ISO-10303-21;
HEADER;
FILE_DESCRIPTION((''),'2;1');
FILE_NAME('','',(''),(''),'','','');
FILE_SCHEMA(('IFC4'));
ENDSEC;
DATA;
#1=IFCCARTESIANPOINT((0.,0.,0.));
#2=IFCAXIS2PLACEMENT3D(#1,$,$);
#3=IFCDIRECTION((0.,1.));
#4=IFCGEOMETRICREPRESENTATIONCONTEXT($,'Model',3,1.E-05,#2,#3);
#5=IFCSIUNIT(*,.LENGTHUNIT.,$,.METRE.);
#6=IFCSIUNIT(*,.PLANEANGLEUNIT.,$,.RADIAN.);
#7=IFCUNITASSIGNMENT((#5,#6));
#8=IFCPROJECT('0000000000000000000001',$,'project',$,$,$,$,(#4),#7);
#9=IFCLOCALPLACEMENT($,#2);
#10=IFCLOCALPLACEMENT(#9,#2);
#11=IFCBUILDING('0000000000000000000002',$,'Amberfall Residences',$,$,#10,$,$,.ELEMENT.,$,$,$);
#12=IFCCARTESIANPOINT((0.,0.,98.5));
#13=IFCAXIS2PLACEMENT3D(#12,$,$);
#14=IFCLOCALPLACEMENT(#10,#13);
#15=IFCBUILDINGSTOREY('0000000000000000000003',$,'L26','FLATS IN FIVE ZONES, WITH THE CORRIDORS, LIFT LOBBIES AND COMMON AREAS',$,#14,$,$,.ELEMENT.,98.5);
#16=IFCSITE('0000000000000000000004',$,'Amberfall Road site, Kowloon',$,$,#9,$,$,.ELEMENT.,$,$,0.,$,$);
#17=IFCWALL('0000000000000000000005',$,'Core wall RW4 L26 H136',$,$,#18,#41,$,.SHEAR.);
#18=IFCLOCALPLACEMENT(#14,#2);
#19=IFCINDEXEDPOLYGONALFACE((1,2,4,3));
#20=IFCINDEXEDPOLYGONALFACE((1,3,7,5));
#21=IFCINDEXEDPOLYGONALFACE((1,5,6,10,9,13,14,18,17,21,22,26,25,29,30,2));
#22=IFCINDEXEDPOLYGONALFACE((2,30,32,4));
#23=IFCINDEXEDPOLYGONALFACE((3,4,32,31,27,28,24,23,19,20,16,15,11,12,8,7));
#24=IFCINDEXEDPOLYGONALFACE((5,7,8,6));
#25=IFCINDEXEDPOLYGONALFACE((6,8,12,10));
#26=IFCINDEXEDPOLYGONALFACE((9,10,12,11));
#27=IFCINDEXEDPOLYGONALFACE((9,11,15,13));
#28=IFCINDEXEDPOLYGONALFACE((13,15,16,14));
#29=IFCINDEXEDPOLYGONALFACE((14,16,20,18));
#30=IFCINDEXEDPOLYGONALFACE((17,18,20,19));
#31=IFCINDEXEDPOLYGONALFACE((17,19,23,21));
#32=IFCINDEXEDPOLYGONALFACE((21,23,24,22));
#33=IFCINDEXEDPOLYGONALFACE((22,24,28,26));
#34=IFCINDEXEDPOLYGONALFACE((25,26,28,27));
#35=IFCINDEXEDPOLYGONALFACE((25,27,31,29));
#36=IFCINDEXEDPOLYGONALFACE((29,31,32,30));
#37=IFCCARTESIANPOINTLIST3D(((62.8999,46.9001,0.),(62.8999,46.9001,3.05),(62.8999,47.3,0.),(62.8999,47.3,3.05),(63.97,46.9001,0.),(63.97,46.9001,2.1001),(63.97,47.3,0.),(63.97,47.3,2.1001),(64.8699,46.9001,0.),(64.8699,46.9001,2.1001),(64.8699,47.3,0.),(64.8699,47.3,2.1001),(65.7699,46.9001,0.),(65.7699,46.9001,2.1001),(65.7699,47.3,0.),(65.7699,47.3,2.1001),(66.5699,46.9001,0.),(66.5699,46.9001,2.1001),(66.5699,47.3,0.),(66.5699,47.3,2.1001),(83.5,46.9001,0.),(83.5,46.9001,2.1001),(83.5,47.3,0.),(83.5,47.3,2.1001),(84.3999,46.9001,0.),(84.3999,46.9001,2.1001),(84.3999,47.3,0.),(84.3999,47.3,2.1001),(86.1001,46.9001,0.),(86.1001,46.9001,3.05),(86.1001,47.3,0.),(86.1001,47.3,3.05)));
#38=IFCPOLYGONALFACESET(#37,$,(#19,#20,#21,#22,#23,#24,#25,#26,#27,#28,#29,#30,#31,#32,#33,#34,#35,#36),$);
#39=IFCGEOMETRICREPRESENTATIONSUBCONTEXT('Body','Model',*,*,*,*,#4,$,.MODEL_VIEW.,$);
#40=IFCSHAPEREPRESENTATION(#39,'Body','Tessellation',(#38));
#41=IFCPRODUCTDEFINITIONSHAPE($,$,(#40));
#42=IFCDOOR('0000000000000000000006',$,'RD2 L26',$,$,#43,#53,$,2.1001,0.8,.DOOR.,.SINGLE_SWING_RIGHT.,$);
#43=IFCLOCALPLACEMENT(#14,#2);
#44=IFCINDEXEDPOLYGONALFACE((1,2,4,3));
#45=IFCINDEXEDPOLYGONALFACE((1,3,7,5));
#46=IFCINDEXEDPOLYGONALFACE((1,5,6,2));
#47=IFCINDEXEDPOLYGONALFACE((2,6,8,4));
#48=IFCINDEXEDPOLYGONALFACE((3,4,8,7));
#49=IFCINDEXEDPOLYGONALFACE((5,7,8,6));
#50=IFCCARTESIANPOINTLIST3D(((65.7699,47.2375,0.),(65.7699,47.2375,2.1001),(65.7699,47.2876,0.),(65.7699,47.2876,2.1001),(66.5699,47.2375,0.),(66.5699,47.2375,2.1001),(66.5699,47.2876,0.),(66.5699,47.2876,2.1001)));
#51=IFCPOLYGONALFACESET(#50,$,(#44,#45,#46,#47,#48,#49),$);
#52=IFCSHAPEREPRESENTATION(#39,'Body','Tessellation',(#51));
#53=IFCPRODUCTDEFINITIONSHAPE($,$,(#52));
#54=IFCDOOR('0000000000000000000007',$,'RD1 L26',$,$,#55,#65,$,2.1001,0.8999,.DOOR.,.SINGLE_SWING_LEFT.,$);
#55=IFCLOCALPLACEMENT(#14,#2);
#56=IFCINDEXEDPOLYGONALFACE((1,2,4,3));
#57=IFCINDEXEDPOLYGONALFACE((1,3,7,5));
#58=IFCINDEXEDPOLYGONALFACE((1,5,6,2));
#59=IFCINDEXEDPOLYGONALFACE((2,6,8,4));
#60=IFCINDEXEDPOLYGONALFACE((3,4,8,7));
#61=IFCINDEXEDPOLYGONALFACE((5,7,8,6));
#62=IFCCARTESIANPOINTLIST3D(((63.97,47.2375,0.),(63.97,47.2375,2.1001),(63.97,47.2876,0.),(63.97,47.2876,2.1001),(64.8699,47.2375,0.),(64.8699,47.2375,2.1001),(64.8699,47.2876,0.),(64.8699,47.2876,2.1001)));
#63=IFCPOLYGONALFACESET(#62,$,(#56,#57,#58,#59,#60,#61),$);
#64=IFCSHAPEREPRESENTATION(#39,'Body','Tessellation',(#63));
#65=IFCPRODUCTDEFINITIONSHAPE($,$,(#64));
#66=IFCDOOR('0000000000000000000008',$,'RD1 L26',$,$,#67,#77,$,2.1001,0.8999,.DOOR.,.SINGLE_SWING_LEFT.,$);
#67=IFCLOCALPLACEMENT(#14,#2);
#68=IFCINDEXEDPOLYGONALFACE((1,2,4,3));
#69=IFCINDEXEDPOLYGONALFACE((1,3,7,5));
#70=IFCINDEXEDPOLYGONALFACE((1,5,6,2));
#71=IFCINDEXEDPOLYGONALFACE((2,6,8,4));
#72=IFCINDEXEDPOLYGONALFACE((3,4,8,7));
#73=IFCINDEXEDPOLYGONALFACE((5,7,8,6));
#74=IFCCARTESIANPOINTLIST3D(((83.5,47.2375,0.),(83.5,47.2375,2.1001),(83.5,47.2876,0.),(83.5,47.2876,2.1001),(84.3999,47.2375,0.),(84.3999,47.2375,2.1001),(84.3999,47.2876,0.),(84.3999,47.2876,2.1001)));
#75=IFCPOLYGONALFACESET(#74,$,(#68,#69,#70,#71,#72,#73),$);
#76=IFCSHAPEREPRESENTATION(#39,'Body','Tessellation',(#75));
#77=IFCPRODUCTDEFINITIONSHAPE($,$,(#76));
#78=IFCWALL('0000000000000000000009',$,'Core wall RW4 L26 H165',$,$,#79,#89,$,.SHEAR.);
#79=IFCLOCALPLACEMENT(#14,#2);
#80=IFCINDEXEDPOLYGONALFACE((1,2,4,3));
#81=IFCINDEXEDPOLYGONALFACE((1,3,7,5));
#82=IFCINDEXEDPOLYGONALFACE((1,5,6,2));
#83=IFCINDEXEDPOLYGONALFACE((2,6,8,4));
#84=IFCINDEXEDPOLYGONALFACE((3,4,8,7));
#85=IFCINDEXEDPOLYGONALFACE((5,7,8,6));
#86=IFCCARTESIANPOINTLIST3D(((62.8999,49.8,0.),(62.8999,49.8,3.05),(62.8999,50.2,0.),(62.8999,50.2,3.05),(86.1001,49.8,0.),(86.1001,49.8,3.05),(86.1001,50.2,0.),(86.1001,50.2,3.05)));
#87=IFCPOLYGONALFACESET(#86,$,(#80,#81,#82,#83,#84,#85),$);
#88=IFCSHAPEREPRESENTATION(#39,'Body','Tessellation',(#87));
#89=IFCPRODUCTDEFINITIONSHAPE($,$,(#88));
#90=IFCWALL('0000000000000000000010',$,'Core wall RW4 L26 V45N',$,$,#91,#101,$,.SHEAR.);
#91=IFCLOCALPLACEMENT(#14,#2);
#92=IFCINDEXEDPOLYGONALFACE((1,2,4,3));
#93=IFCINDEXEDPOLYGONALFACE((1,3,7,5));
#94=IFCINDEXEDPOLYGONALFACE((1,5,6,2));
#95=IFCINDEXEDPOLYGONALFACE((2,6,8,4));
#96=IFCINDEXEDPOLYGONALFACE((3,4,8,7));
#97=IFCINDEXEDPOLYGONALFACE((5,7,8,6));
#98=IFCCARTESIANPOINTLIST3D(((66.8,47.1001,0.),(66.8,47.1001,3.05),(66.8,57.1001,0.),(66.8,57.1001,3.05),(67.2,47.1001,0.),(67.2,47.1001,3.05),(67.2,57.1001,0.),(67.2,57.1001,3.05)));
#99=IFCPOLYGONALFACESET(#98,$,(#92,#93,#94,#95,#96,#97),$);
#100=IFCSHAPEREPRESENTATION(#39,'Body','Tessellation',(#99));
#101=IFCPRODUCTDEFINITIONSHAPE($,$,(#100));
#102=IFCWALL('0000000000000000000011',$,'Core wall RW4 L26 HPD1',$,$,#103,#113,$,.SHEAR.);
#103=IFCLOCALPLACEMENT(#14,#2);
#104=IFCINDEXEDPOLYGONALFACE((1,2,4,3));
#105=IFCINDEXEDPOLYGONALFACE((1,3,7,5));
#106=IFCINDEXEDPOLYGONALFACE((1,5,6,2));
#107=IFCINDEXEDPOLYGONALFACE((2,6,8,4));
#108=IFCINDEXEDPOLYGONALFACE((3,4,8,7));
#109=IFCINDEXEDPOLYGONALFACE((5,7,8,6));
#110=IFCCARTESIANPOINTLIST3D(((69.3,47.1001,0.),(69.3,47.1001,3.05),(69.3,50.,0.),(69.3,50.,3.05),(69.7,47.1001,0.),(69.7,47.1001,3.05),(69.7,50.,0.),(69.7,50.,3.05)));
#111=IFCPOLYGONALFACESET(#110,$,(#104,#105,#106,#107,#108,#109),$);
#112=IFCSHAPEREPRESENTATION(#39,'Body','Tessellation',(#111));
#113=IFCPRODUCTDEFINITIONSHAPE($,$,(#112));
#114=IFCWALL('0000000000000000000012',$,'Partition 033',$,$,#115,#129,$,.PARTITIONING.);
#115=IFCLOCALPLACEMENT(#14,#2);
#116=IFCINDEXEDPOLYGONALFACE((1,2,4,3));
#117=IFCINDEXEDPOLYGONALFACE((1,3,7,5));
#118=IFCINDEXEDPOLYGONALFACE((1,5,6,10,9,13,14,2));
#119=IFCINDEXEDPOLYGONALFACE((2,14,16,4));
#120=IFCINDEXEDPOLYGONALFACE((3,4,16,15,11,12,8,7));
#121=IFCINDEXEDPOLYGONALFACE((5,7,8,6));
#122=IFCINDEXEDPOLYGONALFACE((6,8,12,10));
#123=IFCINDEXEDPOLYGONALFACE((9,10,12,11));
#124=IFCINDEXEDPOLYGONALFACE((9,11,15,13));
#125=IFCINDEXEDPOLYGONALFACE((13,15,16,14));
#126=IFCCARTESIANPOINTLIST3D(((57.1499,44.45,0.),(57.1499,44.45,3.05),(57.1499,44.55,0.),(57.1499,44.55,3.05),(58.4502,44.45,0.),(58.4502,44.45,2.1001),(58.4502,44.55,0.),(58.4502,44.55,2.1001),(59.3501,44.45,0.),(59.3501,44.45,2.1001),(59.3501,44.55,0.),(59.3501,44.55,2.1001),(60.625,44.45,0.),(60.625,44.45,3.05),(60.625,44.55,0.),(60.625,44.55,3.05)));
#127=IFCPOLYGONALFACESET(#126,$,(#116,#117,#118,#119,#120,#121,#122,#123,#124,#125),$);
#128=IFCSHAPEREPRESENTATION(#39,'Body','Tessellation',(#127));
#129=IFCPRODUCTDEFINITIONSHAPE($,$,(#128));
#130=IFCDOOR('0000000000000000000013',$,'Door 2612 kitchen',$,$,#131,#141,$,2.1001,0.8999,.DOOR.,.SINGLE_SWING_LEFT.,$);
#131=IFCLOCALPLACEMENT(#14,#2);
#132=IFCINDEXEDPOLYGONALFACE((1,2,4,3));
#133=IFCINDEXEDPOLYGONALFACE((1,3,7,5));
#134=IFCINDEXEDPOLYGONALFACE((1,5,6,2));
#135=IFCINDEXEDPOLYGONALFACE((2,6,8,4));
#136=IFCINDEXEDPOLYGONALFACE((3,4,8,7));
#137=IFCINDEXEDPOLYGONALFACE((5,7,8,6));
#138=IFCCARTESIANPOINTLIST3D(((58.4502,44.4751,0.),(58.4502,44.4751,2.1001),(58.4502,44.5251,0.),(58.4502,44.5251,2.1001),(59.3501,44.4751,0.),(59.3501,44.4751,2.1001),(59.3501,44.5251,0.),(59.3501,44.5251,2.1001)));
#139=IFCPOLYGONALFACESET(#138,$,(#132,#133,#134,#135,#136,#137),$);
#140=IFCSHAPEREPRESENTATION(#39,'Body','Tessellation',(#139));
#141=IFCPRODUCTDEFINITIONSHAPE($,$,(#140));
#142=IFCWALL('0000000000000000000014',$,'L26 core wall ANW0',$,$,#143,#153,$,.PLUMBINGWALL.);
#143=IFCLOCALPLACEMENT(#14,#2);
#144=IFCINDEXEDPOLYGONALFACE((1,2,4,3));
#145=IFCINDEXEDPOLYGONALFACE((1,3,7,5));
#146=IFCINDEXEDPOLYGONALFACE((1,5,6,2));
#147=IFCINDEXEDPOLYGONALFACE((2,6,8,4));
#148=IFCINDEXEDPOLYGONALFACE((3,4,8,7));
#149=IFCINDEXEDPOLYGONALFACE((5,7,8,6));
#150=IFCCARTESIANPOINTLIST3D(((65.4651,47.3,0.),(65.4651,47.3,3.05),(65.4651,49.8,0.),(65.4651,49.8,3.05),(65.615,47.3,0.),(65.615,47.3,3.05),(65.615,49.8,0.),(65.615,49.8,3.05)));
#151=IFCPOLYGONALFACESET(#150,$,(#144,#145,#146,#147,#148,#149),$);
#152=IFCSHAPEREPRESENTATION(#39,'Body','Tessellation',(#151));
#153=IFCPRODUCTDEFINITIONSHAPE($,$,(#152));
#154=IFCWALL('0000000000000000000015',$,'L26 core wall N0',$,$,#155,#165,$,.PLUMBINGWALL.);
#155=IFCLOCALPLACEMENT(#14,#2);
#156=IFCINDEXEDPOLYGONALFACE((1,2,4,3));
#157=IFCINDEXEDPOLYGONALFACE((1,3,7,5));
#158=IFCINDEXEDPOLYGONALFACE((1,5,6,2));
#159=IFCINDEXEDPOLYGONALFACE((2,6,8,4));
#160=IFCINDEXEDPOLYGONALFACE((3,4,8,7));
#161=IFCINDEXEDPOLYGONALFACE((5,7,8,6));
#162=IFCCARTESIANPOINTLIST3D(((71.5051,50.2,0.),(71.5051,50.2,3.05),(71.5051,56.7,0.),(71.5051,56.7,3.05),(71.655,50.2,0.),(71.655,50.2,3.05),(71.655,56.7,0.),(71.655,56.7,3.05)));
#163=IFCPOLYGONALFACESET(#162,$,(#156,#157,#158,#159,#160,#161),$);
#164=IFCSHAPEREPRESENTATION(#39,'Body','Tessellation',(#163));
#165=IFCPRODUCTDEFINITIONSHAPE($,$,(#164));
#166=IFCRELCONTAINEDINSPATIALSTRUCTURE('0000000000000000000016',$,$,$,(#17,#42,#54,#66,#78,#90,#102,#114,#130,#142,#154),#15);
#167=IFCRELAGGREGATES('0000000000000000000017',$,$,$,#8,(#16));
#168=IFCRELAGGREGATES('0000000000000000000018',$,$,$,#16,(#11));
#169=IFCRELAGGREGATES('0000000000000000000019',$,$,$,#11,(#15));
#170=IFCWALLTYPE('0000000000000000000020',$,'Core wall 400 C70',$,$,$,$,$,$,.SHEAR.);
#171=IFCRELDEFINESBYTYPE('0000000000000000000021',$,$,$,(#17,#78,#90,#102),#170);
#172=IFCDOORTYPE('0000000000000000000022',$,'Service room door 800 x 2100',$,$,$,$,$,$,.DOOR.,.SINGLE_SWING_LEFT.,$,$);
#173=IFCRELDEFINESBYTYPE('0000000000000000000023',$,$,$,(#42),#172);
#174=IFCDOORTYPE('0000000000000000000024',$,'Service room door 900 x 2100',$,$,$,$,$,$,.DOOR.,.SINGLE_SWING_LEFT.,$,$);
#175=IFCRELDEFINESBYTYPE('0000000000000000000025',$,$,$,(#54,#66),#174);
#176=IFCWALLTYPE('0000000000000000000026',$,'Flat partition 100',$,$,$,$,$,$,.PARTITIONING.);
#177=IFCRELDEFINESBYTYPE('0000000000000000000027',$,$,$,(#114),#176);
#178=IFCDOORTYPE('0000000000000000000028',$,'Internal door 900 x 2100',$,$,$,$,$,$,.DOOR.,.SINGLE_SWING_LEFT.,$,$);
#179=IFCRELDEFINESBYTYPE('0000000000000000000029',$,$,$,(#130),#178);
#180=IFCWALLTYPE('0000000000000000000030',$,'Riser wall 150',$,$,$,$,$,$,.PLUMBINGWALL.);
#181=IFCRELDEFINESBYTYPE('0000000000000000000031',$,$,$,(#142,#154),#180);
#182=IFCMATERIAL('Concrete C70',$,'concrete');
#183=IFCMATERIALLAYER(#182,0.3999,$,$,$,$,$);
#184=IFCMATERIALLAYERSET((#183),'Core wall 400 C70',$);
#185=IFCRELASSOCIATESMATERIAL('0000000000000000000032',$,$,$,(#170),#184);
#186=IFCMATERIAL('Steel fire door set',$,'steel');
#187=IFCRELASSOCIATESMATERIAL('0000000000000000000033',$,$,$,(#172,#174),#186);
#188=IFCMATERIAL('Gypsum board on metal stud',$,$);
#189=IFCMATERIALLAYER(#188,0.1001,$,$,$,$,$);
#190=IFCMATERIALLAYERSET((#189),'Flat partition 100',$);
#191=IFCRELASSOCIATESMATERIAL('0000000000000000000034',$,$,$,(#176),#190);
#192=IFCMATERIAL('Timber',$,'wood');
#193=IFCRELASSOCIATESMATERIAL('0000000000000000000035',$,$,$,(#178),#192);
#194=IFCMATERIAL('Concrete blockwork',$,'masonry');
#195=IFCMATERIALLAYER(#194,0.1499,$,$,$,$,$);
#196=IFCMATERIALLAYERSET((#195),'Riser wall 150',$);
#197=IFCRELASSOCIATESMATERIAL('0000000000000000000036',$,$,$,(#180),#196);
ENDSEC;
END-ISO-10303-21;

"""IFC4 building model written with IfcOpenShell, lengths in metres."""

from ifc_helpers import new_model, si_unit, direction, frame, frame_2d, origin, place, context, subcontext, project, spatial, rectangle, extrude, material, layer, layer_set, type_object, element, fill, save


model = new_model("IFC4")

# Units and contexts
model_context = context("Model", 3, precision=1e-05, world=origin(), true_north=direction((0.0, 1.0)))
body_context = subcontext(model_context, "Body", "Model", "MODEL_VIEW")
ifc_project = project(units=[si_unit("LENGTHUNIT", "METRE"), si_unit("PLANEANGLEUNIT", "RADIAN")], contexts=[model_context])

# Site, building, storey
site_placement = place(None, origin())
site = spatial("IfcSite", under=ifc_project, at=site_placement, Name="Amberfall Road site, Kowloon", CompositionType="ELEMENT", RefElevation=0.0)
building_placement = place(site_placement, origin())
building = spatial("IfcBuilding", under=site, at=building_placement, Name="Amberfall Residences", CompositionType="ELEMENT")
storey_placement = place(building_placement, frame((0.0, 0.0, 98.5)))
storey = spatial("IfcBuildingStorey", under=building, at=storey_placement, Name="L26", Description="FLATS IN FIVE ZONES, WITH THE CORRIDORS, LIFT LOBBIES AND COMMON AREAS", CompositionType="ELEMENT", Elevation=98.5)

# Wall, openings, doors
ifc_material_1 = material(Name="Concrete C70", Category="concrete")
ifc_layer_1 = layer(ifc_material_1, 0.3999)
ifc_layer_set_1 = layer_set([ifc_layer_1], Name="Core wall 400 C70")
wall_type_1 = type_object("IfcWallType", Name="Core wall 400 C70", PredefinedType="SHEAR", material=ifc_layer_set_1)
wall_1_placement = place(storey_placement, frame((62.8999, 47.1001, 0.0), z_axis=(0.0, 0.0, 1.0), x_axis=(1.0, 0.0, 0.0)))
wall_1 = element("IfcWall", 1, at=wall_1_placement, inside=storey, type_object=wall_type_1, Name="Core wall RW4 L26 H136", PredefinedType="SHEAR", context=body_context, shape_type="SweptSolid", body=[
    extrude(rectangle(XDim=23.2002, YDim=0.3999, at=frame_2d((11.6001, 0.0))), origin(), (0.0, 0.0, 1.0), 3.05),
])
opening_1_placement = place(wall_1_placement, frame((1.0701, 0.0, 0.0)))
opening_1 = element("IfcOpeningElement", 2, at=opening_1_placement, cuts=wall_1, PredefinedType="OPENING", context=body_context, shape_type="SweptSolid", body=[
    extrude(rectangle(XDim=0.8999, YDim=2.1001, at=frame_2d((0.45, 1.05))), frame((0.0, 0.21, 0.0), z_axis=(0.0, -1.0, 0.0), x_axis=(1.0, 0.0, 0.0)), (0.0, 0.0, 1.0), 0.4199),
])
opening_2_placement = place(wall_1_placement, frame((2.8701, 0.0, 0.0)))
opening_2 = element("IfcOpeningElement", 3, at=opening_2_placement, cuts=wall_1, PredefinedType="OPENING", context=body_context, shape_type="SweptSolid", body=[
    extrude(rectangle(XDim=0.8, YDim=2.1001, at=frame_2d((0.3999, 1.05))), frame((0.0, 0.21, 0.0), z_axis=(0.0, -1.0, 0.0), x_axis=(1.0, 0.0, 0.0)), (0.0, 0.0, 1.0), 0.4199),
])
opening_3_placement = place(wall_1_placement, frame((20.6001, 0.0, 0.0)))
opening_3 = element("IfcOpeningElement", 4, at=opening_3_placement, cuts=wall_1, PredefinedType="OPENING", context=body_context, shape_type="SweptSolid", body=[
    extrude(rectangle(XDim=0.8999, YDim=2.1001, at=frame_2d((0.45, 1.05))), frame((0.0, 0.21, 0.0), z_axis=(0.0, -1.0, 0.0), x_axis=(1.0, 0.0, 0.0)), (0.0, 0.0, 1.0), 0.4199),
])
ifc_material_2 = material(Name="Steel fire door set", Category="steel")
door_type_1 = type_object("IfcDoorType", Name="Service room door 800 x 2100", OperationType="SINGLE_SWING_LEFT", PredefinedType="DOOR", material=ifc_material_2)
door_1_placement = place(opening_2_placement, origin())
door_1 = element("IfcDoor", 5, at=door_1_placement, inside=storey, type_object=door_type_1, Name="RD2 L26", OperationType="SINGLE_SWING_RIGHT", OverallHeight=2.1001, OverallWidth=0.8, PredefinedType="DOOR", context=body_context, shape_type="SweptSolid", body=[
    extrude(rectangle(XDim=0.8, YDim=2.1001, at=frame_2d((0.3999, 1.05))), frame((0.0, 0.1875, 0.0), z_axis=(0.0, -1.0, 0.0), x_axis=(1.0, 0.0, 0.0)), (0.0, 0.0, 1.0), 0.05),
])
fill(opening_2, door_1)
door_type_2 = type_object("IfcDoorType", Name="Service room door 900 x 2100", OperationType="SINGLE_SWING_LEFT", PredefinedType="DOOR", material=ifc_material_2)
door_2_placement = place(opening_1_placement, origin())
door_2 = element("IfcDoor", 6, at=door_2_placement, inside=storey, type_object=door_type_2, Name="RD1 L26", OperationType="SINGLE_SWING_LEFT", OverallHeight=2.1001, OverallWidth=0.8999, PredefinedType="DOOR", context=body_context, shape_type="SweptSolid", body=[
    extrude(rectangle(XDim=0.8999, YDim=2.1001, at=frame_2d((0.45, 1.05))), frame((0.0, 0.1875, 0.0), z_axis=(0.0, -1.0, 0.0), x_axis=(1.0, 0.0, 0.0)), (0.0, 0.0, 1.0), 0.05),
])
fill(opening_1, door_2)
door_3_placement = place(opening_3_placement, origin())
door_3 = element("IfcDoor", 7, at=door_3_placement, inside=storey, type_object=door_type_2, Name="RD1 L26", OperationType="SINGLE_SWING_LEFT", OverallHeight=2.1001, OverallWidth=0.8999, PredefinedType="DOOR", context=body_context, shape_type="SweptSolid", body=[
    extrude(rectangle(XDim=0.8999, YDim=2.1001, at=frame_2d((0.45, 1.05))), frame((0.0, 0.1875, 0.0), z_axis=(0.0, -1.0, 0.0), x_axis=(1.0, 0.0, 0.0)), (0.0, 0.0, 1.0), 0.05),
])
fill(opening_3, door_3)

# Walls
wall_2_placement = place(storey_placement, frame((62.8999, 50.0, 0.0), z_axis=(0.0, 0.0, 1.0), x_axis=(1.0, 0.0, 0.0)))
element("IfcWall", 8, at=wall_2_placement, inside=storey, type_object=wall_type_1, Name="Core wall RW4 L26 H165", PredefinedType="SHEAR", context=body_context, shape_type="SweptSolid", body=[
    extrude(rectangle(XDim=23.2002, YDim=0.3999, at=frame_2d((11.6001, 0.0))), origin(), (0.0, 0.0, 1.0), 3.05),
])
wall_3_placement = place(storey_placement, frame((67.0, 47.1001, 0.0), z_axis=(0.0, 0.0, 1.0), x_axis=(0.0, 1.0, 0.0)))
element("IfcWall", 9, at=wall_3_placement, inside=storey, type_object=wall_type_1, Name="Core wall RW4 L26 V45N", PredefinedType="SHEAR", context=body_context, shape_type="SweptSolid", body=[
    extrude(rectangle(XDim=10.0, YDim=0.3999, at=frame_2d((5.0, 0.0))), origin(), (0.0, 0.0, 1.0), 3.05),
])
wall_4_placement = place(storey_placement, frame((69.5, 47.1001, 0.0), z_axis=(0.0, 0.0, 1.0), x_axis=(0.0, 1.0, 0.0)))
element("IfcWall", 10, at=wall_4_placement, inside=storey, type_object=wall_type_1, Name="Core wall RW4 L26 HPD1", PredefinedType="SHEAR", context=body_context, shape_type="SweptSolid", body=[
    extrude(rectangle(XDim=2.8999, YDim=0.3999, at=frame_2d((1.45, 0.0))), origin(), (0.0, 0.0, 1.0), 3.05),
])

# Wall, opening, door
ifc_material_3 = material(Name="Gypsum board on metal stud")
ifc_layer_2 = layer(ifc_material_3, 0.1001)
ifc_layer_set_2 = layer_set([ifc_layer_2], Name="Flat partition 100")
wall_type_2 = type_object("IfcWallType", Name="Flat partition 100", PredefinedType="PARTITIONING", material=ifc_layer_set_2)
wall_5_placement = place(storey_placement, frame((60.625, 44.5, 0.0), z_axis=(0.0, 0.0, 1.0), x_axis=(-1.0, 0.0, 0.0)))
wall_5 = element("IfcWall", 11, at=wall_5_placement, inside=storey, type_object=wall_type_2, Name="Partition 033", PredefinedType="PARTITIONING", context=body_context, shape_type="SweptSolid", body=[
    extrude(rectangle(XDim=3.4751, YDim=0.1001, at=frame_2d((1.7375, 0.0))), origin(), (0.0, 0.0, 1.0), 3.05),
])
opening_4_placement = place(wall_5_placement, frame((1.2749, 0.0, 0.0)))
opening_4 = element("IfcOpeningElement", 12, at=opening_4_placement, cuts=wall_5, PredefinedType="OPENING", context=body_context, shape_type="SweptSolid", body=[
    extrude(rectangle(XDim=0.8999, YDim=2.1001, at=frame_2d((0.45, 1.05))), frame((0.0, 0.0601, 0.0), z_axis=(0.0, -1.0, 0.0), x_axis=(1.0, 0.0, 0.0)), (0.0, 0.0, 1.0), 0.1201),
])
ifc_material_4 = material(Name="Timber", Category="wood")
door_type_3 = type_object("IfcDoorType", Name="Internal door 900 x 2100", OperationType="SINGLE_SWING_LEFT", PredefinedType="DOOR", material=ifc_material_4)
door_4_placement = place(opening_4_placement, origin())
door_4 = element("IfcDoor", 13, at=door_4_placement, inside=storey, type_object=door_type_3, Name="Door 2612 kitchen", OperationType="SINGLE_SWING_LEFT", OverallHeight=2.1001, OverallWidth=0.8999, PredefinedType="DOOR", context=body_context, shape_type="SweptSolid", body=[
    extrude(rectangle(XDim=0.8999, YDim=2.1001, at=frame_2d((0.45, 1.05))), frame((0.0, 0.0249, 0.0), z_axis=(0.0, -1.0, 0.0), x_axis=(1.0, 0.0, 0.0)), (0.0, 0.0, 1.0), 0.05),
])
fill(opening_4, door_4)

# Walls
ifc_material_5 = material(Name="Concrete blockwork", Category="masonry")
ifc_layer_3 = layer(ifc_material_5, 0.1499)
ifc_layer_set_3 = layer_set([ifc_layer_3], Name="Riser wall 150")
wall_type_3 = type_object("IfcWallType", Name="Riser wall 150", PredefinedType="PLUMBINGWALL", material=ifc_layer_set_3)
wall_6_placement = place(storey_placement, frame((65.54, 47.3, 0.0), z_axis=(0.0, 0.0, 1.0), x_axis=(0.0, 1.0, 0.0)))
element("IfcWall", 14, at=wall_6_placement, inside=storey, type_object=wall_type_3, Name="L26 core wall ANW0", PredefinedType="PLUMBINGWALL", context=body_context, shape_type="SweptSolid", body=[
    extrude(rectangle(XDim=2.5, YDim=0.1499, at=frame_2d((1.25, 0.0))), origin(), (0.0, 0.0, 1.0), 3.05),
])
wall_7_placement = place(storey_placement, frame((71.5801, 50.2, 0.0), z_axis=(0.0, 0.0, 1.0), x_axis=(0.0, 1.0, 0.0)))
element("IfcWall", 15, at=wall_7_placement, inside=storey, type_object=wall_type_3, Name="L26 core wall N0", PredefinedType="PLUMBINGWALL", context=body_context, shape_type="SweptSolid", body=[
    extrude(rectangle(XDim=6.5, YDim=0.1499, at=frame_2d((3.25, 0.0))), origin(), (0.0, 0.0, 1.0), 3.05),
])

save(model, "model.ifc")
